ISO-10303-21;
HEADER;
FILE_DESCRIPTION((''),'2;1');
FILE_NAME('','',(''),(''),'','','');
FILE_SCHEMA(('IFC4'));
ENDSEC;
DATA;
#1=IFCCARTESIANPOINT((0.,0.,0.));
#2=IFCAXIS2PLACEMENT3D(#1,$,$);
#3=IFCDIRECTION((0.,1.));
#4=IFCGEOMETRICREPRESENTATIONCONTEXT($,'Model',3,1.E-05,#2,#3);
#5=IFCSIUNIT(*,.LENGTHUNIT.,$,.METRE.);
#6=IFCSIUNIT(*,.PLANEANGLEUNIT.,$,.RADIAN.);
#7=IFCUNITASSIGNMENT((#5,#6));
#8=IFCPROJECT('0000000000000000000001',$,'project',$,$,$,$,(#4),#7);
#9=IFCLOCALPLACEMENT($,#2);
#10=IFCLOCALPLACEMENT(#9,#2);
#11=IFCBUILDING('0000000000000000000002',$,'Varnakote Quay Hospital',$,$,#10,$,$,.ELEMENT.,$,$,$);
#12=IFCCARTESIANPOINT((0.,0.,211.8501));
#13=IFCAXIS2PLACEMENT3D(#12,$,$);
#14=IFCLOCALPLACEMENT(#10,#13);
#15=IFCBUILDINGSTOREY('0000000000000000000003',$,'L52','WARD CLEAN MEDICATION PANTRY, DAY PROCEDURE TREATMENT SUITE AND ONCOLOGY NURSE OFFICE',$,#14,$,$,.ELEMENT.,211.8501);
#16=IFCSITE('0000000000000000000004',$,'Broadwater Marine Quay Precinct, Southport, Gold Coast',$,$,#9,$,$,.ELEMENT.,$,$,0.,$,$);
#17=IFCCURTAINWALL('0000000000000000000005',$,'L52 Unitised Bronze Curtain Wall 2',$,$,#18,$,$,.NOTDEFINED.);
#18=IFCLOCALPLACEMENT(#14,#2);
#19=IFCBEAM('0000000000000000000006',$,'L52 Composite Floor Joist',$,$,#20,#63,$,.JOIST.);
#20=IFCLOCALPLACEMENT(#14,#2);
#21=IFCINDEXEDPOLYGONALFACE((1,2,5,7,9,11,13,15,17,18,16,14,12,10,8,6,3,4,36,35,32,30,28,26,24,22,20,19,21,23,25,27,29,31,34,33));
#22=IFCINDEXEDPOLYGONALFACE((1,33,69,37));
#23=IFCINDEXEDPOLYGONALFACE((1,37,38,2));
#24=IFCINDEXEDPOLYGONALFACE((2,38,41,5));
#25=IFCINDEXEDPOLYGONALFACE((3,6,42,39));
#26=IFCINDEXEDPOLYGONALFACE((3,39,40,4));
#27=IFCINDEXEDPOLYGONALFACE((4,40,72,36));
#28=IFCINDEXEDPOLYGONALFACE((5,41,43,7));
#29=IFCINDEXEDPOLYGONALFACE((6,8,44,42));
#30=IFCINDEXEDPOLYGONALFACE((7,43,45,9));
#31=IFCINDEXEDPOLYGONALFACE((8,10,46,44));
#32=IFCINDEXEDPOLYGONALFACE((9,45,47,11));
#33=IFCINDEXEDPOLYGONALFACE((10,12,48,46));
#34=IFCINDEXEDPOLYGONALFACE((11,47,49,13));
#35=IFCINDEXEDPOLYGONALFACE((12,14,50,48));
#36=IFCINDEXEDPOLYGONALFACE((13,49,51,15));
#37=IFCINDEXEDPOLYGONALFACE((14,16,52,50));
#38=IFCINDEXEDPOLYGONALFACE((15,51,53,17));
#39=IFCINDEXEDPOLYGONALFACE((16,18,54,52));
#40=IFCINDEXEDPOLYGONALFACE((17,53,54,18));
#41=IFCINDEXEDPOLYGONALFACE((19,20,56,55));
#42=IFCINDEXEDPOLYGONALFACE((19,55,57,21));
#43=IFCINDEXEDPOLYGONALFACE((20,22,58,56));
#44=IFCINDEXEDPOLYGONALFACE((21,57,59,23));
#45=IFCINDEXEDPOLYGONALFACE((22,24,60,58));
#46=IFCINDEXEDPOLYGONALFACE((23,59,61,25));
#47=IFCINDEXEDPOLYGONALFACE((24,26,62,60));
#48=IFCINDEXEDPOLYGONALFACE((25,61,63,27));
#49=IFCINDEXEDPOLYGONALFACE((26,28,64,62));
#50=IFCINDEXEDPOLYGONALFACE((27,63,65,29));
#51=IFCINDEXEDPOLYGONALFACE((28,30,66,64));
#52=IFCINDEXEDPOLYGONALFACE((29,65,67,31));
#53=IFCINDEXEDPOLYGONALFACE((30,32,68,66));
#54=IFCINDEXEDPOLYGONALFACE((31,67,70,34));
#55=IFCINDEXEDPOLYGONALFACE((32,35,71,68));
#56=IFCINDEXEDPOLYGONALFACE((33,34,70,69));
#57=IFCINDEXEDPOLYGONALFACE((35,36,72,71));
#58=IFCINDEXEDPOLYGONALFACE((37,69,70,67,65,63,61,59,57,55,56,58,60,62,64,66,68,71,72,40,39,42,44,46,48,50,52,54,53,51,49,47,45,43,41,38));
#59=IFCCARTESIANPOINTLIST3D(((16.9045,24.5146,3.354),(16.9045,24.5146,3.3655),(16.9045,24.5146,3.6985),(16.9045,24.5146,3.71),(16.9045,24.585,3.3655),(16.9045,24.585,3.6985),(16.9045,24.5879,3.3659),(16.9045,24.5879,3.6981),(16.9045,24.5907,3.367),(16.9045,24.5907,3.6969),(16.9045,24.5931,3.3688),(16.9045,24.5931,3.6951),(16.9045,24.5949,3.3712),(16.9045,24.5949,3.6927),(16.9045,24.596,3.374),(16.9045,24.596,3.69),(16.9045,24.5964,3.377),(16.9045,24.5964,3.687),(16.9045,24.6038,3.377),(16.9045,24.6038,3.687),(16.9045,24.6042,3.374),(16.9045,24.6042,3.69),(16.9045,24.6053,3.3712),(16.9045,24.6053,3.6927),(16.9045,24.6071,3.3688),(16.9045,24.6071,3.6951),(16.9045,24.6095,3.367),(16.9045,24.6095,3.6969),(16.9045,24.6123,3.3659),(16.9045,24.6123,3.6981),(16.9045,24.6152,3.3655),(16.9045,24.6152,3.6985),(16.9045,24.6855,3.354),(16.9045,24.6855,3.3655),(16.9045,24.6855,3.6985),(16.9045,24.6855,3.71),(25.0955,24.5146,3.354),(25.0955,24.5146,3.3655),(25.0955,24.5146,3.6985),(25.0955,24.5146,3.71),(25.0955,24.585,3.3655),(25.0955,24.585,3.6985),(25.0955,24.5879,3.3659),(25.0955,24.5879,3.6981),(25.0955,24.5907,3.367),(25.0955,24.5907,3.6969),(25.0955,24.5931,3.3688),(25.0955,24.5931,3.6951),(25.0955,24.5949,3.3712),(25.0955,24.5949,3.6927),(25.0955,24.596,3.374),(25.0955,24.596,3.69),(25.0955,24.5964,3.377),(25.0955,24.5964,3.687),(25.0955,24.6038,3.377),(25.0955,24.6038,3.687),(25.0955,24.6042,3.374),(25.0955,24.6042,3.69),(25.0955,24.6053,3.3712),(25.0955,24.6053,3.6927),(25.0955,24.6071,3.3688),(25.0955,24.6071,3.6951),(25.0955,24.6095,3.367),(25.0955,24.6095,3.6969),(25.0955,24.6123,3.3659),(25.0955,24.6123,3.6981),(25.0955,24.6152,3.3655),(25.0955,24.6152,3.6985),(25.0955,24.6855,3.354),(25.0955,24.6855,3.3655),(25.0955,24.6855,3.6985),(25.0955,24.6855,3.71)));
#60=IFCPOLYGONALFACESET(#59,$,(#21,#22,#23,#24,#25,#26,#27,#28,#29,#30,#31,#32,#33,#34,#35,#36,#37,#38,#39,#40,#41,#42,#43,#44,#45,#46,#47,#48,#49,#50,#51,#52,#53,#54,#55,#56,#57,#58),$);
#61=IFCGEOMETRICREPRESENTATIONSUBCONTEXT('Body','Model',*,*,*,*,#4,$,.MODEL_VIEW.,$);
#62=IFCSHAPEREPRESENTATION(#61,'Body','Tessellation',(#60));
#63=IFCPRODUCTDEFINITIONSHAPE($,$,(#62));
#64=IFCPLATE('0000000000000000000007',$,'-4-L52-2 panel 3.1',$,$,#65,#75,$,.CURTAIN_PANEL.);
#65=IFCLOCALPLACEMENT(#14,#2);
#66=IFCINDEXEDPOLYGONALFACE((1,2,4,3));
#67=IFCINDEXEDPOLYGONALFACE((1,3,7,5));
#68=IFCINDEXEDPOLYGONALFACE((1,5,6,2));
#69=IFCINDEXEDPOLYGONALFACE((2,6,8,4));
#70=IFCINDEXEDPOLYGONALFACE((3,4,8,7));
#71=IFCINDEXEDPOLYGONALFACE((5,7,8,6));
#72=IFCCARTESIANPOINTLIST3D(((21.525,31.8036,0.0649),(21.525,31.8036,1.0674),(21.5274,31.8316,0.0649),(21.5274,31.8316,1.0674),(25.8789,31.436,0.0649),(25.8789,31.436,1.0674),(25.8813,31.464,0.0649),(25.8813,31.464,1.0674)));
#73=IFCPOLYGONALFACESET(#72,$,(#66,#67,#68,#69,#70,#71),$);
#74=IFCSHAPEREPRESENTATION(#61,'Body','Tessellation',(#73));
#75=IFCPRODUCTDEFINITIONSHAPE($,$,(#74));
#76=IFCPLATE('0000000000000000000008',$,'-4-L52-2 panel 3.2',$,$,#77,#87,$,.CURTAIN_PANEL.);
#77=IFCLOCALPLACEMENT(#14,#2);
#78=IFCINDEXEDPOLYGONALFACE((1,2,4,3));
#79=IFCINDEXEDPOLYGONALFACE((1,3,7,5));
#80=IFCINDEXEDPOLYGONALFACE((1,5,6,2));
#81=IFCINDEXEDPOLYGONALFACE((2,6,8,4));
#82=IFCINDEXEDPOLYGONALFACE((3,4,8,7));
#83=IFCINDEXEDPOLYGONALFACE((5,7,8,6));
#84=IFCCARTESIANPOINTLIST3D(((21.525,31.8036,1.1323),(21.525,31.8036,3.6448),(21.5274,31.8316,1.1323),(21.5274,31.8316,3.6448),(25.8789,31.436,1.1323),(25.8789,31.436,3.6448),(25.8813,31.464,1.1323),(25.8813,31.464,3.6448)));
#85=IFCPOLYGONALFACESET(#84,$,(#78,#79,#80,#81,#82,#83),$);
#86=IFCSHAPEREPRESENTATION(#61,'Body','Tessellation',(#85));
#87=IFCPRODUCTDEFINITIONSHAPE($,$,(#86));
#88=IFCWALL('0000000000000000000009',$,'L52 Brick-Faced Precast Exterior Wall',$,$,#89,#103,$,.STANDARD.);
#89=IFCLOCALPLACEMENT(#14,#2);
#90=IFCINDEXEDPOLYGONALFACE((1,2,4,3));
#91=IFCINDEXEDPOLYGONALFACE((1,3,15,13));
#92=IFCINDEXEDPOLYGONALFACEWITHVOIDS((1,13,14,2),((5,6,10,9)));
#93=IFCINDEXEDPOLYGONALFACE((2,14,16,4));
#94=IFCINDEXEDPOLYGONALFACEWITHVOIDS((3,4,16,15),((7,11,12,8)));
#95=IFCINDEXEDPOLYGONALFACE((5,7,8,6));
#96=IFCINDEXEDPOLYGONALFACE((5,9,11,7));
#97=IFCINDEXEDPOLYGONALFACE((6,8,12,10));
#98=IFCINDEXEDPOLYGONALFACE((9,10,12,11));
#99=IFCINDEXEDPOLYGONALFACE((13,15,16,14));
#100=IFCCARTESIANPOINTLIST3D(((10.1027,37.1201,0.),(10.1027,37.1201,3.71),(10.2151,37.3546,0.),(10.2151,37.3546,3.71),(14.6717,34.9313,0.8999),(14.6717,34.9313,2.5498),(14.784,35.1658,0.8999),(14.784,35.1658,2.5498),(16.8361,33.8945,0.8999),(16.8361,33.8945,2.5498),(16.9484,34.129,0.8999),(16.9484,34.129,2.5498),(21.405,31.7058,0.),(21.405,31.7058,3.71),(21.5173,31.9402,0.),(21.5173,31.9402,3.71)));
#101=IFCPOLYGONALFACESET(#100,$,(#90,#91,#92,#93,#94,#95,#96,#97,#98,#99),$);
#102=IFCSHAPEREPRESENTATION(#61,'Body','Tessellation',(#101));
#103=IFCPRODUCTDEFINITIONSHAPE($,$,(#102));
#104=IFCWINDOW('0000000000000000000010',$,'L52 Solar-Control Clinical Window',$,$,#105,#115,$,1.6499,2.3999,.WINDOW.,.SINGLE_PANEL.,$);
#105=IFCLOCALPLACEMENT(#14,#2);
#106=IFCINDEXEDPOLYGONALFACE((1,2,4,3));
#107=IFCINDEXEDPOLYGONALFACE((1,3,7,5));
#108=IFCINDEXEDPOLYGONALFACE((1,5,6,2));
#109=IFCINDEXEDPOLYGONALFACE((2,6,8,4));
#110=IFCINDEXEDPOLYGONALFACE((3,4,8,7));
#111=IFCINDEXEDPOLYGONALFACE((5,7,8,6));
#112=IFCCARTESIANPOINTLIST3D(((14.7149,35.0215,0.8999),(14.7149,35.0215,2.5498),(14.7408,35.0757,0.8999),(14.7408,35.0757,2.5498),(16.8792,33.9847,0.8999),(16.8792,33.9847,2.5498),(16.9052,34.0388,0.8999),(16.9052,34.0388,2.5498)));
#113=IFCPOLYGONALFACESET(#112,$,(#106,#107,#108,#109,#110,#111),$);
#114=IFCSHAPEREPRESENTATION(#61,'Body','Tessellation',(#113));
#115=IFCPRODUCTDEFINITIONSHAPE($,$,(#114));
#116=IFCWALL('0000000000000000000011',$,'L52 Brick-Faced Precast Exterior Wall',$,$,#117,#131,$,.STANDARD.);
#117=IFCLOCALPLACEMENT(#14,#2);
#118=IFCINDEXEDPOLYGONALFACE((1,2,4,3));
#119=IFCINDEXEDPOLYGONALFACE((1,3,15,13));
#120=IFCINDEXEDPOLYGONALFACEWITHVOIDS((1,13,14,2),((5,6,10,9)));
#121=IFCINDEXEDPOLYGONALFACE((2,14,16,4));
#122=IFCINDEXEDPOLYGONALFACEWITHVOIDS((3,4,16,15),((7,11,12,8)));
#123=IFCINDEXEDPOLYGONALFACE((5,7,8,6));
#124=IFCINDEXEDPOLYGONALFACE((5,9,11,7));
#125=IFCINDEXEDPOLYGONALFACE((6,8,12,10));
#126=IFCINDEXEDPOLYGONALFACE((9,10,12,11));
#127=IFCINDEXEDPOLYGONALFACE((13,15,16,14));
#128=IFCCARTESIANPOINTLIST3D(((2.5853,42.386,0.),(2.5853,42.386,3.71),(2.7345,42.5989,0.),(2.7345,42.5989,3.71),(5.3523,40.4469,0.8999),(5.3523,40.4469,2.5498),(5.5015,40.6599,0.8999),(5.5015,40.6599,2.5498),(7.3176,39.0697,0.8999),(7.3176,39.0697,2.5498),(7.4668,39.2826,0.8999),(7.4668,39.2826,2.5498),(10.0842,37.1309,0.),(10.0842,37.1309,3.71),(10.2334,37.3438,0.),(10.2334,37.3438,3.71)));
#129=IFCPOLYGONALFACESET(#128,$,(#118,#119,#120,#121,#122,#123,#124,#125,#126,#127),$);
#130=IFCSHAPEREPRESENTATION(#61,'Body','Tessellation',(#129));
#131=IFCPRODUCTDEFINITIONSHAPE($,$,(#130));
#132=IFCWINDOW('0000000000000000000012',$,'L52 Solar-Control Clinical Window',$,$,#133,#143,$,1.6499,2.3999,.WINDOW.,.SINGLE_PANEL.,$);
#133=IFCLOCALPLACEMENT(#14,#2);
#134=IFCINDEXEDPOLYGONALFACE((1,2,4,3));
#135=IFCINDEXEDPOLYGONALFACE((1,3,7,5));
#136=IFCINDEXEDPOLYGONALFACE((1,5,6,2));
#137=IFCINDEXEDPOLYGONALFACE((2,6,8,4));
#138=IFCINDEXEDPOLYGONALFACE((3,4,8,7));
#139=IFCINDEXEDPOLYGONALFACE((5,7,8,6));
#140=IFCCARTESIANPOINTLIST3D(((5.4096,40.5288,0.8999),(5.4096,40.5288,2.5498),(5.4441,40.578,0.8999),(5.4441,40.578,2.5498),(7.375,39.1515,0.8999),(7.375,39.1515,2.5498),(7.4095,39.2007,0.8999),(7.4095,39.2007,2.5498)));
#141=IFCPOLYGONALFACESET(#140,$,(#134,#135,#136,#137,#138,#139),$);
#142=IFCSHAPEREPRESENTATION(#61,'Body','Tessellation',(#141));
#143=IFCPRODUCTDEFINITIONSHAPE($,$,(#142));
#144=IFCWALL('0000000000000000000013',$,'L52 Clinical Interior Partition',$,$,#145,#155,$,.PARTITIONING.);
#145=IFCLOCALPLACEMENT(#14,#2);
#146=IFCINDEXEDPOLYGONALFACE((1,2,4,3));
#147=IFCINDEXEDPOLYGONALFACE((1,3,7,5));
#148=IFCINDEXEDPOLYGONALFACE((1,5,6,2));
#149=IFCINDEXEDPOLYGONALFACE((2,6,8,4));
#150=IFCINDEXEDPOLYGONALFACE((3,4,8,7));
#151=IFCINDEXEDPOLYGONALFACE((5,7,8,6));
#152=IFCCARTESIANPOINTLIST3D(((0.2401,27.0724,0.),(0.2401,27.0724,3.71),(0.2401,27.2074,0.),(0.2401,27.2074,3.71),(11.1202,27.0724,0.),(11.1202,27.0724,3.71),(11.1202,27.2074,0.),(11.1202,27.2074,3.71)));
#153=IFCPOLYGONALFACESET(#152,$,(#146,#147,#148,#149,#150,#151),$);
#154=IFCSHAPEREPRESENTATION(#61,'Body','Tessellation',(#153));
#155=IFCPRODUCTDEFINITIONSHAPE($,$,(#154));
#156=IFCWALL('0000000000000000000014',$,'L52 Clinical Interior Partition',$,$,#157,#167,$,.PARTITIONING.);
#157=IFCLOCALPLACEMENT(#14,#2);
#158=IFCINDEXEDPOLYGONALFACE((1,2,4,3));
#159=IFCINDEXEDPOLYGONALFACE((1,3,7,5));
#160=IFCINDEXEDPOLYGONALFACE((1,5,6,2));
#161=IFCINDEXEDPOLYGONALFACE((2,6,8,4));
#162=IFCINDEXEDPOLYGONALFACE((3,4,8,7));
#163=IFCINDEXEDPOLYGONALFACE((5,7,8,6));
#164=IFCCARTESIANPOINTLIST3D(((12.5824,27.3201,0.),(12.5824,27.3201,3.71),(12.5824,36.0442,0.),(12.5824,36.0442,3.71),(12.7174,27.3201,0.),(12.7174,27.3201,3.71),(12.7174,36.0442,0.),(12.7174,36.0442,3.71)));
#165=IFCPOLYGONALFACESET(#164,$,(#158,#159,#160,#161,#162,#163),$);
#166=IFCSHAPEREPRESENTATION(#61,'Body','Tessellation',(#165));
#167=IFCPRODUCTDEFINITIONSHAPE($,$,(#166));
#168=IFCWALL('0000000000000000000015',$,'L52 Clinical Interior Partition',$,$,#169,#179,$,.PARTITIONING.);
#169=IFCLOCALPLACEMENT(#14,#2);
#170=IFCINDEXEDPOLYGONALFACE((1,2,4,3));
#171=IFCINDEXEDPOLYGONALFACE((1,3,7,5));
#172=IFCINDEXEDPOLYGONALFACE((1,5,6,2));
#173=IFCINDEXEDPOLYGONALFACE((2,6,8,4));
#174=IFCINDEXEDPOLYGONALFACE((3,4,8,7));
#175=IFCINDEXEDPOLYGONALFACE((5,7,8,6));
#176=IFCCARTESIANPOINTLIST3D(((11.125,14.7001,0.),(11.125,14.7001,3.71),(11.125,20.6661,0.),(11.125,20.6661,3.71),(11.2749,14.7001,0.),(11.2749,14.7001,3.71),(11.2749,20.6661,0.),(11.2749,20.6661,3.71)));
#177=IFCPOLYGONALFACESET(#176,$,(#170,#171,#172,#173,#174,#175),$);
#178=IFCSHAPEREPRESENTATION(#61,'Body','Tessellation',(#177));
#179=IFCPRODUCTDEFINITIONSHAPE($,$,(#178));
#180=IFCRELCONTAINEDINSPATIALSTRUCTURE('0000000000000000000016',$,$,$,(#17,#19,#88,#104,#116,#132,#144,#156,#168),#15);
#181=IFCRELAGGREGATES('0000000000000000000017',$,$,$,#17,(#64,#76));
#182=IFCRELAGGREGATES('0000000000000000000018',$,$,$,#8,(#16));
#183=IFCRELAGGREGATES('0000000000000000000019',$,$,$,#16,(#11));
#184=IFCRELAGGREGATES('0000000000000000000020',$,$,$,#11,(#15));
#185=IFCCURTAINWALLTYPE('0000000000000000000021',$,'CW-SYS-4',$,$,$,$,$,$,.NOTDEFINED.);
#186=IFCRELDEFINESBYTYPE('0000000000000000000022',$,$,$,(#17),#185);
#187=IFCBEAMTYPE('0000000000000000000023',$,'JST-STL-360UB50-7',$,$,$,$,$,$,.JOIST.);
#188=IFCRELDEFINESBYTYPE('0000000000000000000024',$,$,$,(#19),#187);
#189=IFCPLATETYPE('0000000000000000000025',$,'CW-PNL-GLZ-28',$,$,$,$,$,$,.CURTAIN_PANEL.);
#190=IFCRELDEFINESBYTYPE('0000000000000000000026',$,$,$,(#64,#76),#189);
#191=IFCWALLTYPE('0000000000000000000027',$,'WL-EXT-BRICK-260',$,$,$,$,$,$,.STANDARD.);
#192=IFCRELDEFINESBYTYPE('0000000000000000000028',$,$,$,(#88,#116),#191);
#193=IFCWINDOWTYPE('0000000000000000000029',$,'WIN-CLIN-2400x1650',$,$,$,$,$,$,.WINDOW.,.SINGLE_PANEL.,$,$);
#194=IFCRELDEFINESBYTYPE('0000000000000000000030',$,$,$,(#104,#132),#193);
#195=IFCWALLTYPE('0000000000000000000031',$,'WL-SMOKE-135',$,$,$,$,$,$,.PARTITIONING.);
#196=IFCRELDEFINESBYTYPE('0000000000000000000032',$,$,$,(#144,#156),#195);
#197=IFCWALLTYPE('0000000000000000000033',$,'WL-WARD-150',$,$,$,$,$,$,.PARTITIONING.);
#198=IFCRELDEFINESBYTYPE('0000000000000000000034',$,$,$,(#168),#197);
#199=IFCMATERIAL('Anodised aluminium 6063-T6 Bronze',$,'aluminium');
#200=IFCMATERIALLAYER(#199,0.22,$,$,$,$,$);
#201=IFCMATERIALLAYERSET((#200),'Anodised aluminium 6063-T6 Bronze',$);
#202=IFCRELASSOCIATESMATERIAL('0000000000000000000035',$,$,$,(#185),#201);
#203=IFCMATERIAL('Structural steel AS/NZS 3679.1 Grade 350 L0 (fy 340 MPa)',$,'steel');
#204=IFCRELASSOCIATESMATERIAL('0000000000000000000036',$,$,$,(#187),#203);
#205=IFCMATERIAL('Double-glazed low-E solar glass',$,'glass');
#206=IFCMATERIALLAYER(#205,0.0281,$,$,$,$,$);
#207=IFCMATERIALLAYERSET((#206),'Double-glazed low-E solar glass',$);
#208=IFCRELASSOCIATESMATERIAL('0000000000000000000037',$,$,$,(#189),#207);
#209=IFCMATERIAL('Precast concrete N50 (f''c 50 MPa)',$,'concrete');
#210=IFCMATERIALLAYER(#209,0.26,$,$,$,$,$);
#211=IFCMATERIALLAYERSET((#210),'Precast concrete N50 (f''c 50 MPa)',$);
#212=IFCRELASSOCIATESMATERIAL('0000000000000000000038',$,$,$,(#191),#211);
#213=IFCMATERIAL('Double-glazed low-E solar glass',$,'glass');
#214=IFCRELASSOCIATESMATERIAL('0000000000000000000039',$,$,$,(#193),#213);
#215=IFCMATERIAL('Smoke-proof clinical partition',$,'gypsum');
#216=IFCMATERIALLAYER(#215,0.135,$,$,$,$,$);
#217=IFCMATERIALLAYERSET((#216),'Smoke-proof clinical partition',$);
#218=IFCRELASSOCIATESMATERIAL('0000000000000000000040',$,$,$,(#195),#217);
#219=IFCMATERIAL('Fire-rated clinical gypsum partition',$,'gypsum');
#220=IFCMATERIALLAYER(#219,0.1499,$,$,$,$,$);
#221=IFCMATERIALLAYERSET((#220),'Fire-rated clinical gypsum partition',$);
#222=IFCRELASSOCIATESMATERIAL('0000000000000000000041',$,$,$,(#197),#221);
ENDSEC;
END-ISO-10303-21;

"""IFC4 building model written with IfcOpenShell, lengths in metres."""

from ifc_helpers import new_model, si_unit, direction, frame, frame_2d, origin, origin_2d, place, context, subcontext, project, spatial, rectangle, i_section, extrude, material, layer, layer_set, material_profile, profile_set, type_object, element, fill, aggregate, save


model = new_model("IFC4")

# Units and contexts
model_context = context("Model", 3, precision=1e-05, world=origin(), true_north=direction((0.0, 1.0)))
body_context = subcontext(model_context, "Body", "Model", "MODEL_VIEW")
ifc_project = project(units=[si_unit("LENGTHUNIT", "METRE"), si_unit("PLANEANGLEUNIT", "RADIAN")], contexts=[model_context])

# Site, building, storey
site_placement = place(None, origin())
site = spatial("IfcSite", under=ifc_project, at=site_placement, Name="Broadwater Marine Quay Precinct, Southport, Gold Coast", CompositionType="ELEMENT", RefElevation=0.0)
building_placement = place(site_placement, origin())
building = spatial("IfcBuilding", under=site, at=building_placement, Name="Varnakote Quay Hospital", CompositionType="ELEMENT")
storey_placement = place(building_placement, frame((0.0, 0.0, 211.8501)))
storey = spatial("IfcBuildingStorey", under=building, at=storey_placement, Name="L52", Description="WARD CLEAN MEDICATION PANTRY, DAY PROCEDURE TREATMENT SUITE AND ONCOLOGY NURSE OFFICE", CompositionType="ELEMENT", Elevation=211.8501)

# Curtain wall
ifc_material_1 = material(Name="Anodised aluminium 6063-T6 Bronze", Category="aluminium")
ifc_layer_1 = layer(ifc_material_1, 0.22)
ifc_layer_set_1 = layer_set([ifc_layer_1], Name="Anodised aluminium 6063-T6 Bronze")
curtain_wall_type = type_object("IfcCurtainWallType", Name="CW-SYS-4", PredefinedType="NOTDEFINED", material=ifc_layer_set_1)
curtain_wall_placement = place(storey_placement, origin())
curtain_wall = element("IfcCurtainWall", 1, at=curtain_wall_placement, inside=storey, type_object=curtain_wall_type, Name="L52 Unitised Bronze Curtain Wall 2", PredefinedType="NOTDEFINED")

# Beam
ifc_material_2 = material(Name="Structural steel AS/NZS 3679.1 Grade 350 L0 (fy 340 MPa)", Category="steel")
ifc_material_profile_1 = material_profile(ifc_material_2, i_section(OverallWidth=0.1709, OverallDepth=0.356, WebThickness=0.0073, FlangeThickness=0.0115, FilletRadius=0.0115, at=origin_2d()), Name="360UB50.7")
ifc_profile_set_1 = profile_set([ifc_material_profile_1], Name="Structural steel AS/NZS 3679.1 Grade 350 L0 (fy 340 MPa)")
beam_type_1 = type_object("IfcBeamType", Name="JST-STL-360UB50-7", PredefinedType="JOIST", material=ifc_profile_set_1)
beam_placement = place(storey_placement, frame((16.9045, 24.6001, 3.532), z_axis=(1.0, 0.0, 0.0), x_axis=(0.0, 1.0, 0.0)))
element("IfcBeam", 2, at=beam_placement, inside=storey, type_object=beam_type_1, Name="L52 Composite Floor Joist", PredefinedType="JOIST", context=body_context, shape_type="SweptSolid", body=[
    extrude(i_section(OverallWidth=0.1709, OverallDepth=0.356, WebThickness=0.0073, FlangeThickness=0.0115, FilletRadius=0.0115, at=origin_2d()), origin(), (0.0, 0.0, 1.0), 8.1909),
])

# Plates
ifc_material_3 = material(Name="Double-glazed low-E solar glass", Category="glass")
ifc_layer_2 = layer(ifc_material_3, 0.0281)
ifc_layer_set_2 = layer_set([ifc_layer_2], Name="Double-glazed low-E solar glass")
plate_type = type_object("IfcPlateType", Name="CW-PNL-GLZ-28", PredefinedType="CURTAIN_PANEL", material=ifc_layer_set_2)
plate_1_placement = place(storey_placement, frame((23.7031, 31.6338, 0.0649), z_axis=(0.0, 0.0, 1.0), x_axis=(-0.996454, 0.084136, 0.0)))
plate_1 = element("IfcPlate", 3, at=plate_1_placement, type_object=plate_type, Name="-4-L52-2 panel 3.1", PredefinedType="CURTAIN_PANEL", context=body_context, shape_type="SweptSolid", body=[
    extrude(rectangle(XDim=4.3694, YDim=0.0281, at=origin_2d()), origin(), (0.0, 0.0, 1.0), 1.0024),
])
plate_2_placement = place(storey_placement, frame((23.7031, 31.6338, 1.1323), z_axis=(0.0, 0.0, 1.0), x_axis=(-0.996454, 0.084136, 0.0)))
plate_2 = element("IfcPlate", 4, at=plate_2_placement, type_object=plate_type, Name="-4-L52-2 panel 3.2", PredefinedType="CURTAIN_PANEL", context=body_context, shape_type="SweptSolid", body=[
    extrude(rectangle(XDim=4.3694, YDim=0.0281, at=origin_2d()), origin(), (0.0, 0.0, 1.0), 2.5125),
])
aggregate(curtain_wall, [plate_1, plate_2])

# Walls, openings, windows
ifc_material_4 = material(Name="Precast concrete N50 (f'c 50 MPa)", Category="concrete")
ifc_layer_3 = layer(ifc_material_4, 0.26)
ifc_layer_set_3 = layer_set([ifc_layer_3], Name="Precast concrete N50 (f'c 50 MPa)")
wall_type_1 = type_object("IfcWallType", Name="WL-EXT-BRICK-260", PredefinedType="STANDARD", material=ifc_layer_set_3)
wall_1_placement = place(storey_placement, frame((21.4612, 31.823, 0.0), z_axis=(0.0, 0.0, 1.0), x_axis=(-0.901858, 0.432032, 0.0)))
wall_1 = element("IfcWall", 5, at=wall_1_placement, inside=storey, type_object=wall_type_1, Name="L52 Brick-Faced Precast Exterior Wall", PredefinedType="STANDARD", context=body_context, shape_type="SweptSolid", body=[
    extrude(rectangle(XDim=12.5322, YDim=0.26, at=frame_2d((6.2661, 0.0))), origin(), (0.0, 0.0, 1.0), 3.71),
])
opening_1_placement = place(wall_1_placement, frame((5.0662, 0.0, 0.8999)))
opening_1 = element("IfcOpeningElement", 6, at=opening_1_placement, cuts=wall_1, PredefinedType="OPENING", context=body_context, shape_type="SweptSolid", body=[
    extrude(rectangle(XDim=2.3999, YDim=1.6499, at=frame_2d((1.2, 0.825))), frame((0.0, 0.1399, 0.0), z_axis=(0.0, -1.0, 0.0), x_axis=(1.0, 0.0, 0.0)), (0.0, 0.0, 1.0), 0.28),
])
ifc_material_5 = material(Name="Double-glazed low-E solar glass", Category="glass")
window_type = type_object("IfcWindowType", Name="WIN-CLIN-2400x1650", PartitioningType="SINGLE_PANEL", PredefinedType="WINDOW", material=ifc_material_5)
window_1_placement = place(opening_1_placement, origin())
window_1 = element("IfcWindow", 7, at=window_1_placement, inside=storey, type_object=window_type, Name="L52 Solar-Control Clinical Window", OverallHeight=1.6499, OverallWidth=2.3999, PartitioningType="SINGLE_PANEL", PredefinedType="WINDOW", context=body_context, shape_type="SweptSolid", body=[
    extrude(rectangle(XDim=2.3999, YDim=1.6499, at=frame_2d((1.2, 0.825))), frame((0.0, 0.03, 0.0), z_axis=(0.0, -1.0, 0.0), x_axis=(1.0, 0.0, 0.0)), (0.0, 0.0, 1.0), 0.0601),
])
fill(opening_1, window_1)
wall_2_placement = place(storey_placement, frame((10.1589, 37.2373, 0.0), z_axis=(0.0, 0.0, 1.0), x_axis=(-0.818934, 0.573888, 0.0)))
wall_2 = element("IfcWall", 8, at=wall_2_placement, inside=storey, type_object=wall_type_1, Name="L52 Brick-Faced Precast Exterior Wall", PredefinedType="STANDARD", context=body_context, shape_type="SweptSolid", body=[
    extrude(rectangle(XDim=9.157, YDim=0.26, at=frame_2d((4.5786, 0.0))), origin(), (0.0, 0.0, 1.0), 3.71),
])
opening_2_placement = place(wall_2_placement, frame((3.3784, 0.0, 0.8999)))
opening_2 = element("IfcOpeningElement", 9, at=opening_2_placement, cuts=wall_2, PredefinedType="OPENING", context=body_context, shape_type="SweptSolid", body=[
    extrude(rectangle(XDim=2.3999, YDim=1.6499, at=frame_2d((1.2, 0.825))), frame((0.0, 0.1399, 0.0), z_axis=(0.0, -1.0, 0.0), x_axis=(1.0, 0.0, 0.0)), (0.0, 0.0, 1.0), 0.28),
])
window_2_placement = place(opening_2_placement, origin())
window_2 = element("IfcWindow", 10, at=window_2_placement, inside=storey, type_object=window_type, Name="L52 Solar-Control Clinical Window", OverallHeight=1.6499, OverallWidth=2.3999, PartitioningType="SINGLE_PANEL", PredefinedType="WINDOW", context=body_context, shape_type="SweptSolid", body=[
    extrude(rectangle(XDim=2.3999, YDim=1.6499, at=frame_2d((1.2, 0.825))), frame((0.0, 0.03, 0.0), z_axis=(0.0, -1.0, 0.0), x_axis=(1.0, 0.0, 0.0)), (0.0, 0.0, 1.0), 0.0601),
])
fill(opening_2, window_2)

# Walls
ifc_material_6 = material(Name="Smoke-proof clinical partition", Category="gypsum")
ifc_layer_4 = layer(ifc_material_6, 0.135)
ifc_layer_set_4 = layer_set([ifc_layer_4], Name="Smoke-proof clinical partition")
wall_type_2 = type_object("IfcWallType", Name="WL-SMOKE-135", PredefinedType="PARTITIONING", material=ifc_layer_set_4)
wall_3_placement = place(storey_placement, frame((11.1201, 27.1399, 0.0), z_axis=(0.0, 0.0, 1.0), x_axis=(-1.0, 0.0, 0.0)))
element("IfcWall", 11, at=wall_3_placement, inside=storey, type_object=wall_type_2, Name="L52 Clinical Interior Partition", PredefinedType="PARTITIONING", context=body_context, shape_type="SweptSolid", body=[
    extrude(rectangle(XDim=10.8801, YDim=0.135, at=frame_2d((5.4399, 0.0))), origin(), (0.0, 0.0, 1.0), 3.71),
])
wall_4_placement = place(storey_placement, frame((12.6499, 27.3201, 0.0), z_axis=(0.0, 0.0, 1.0), x_axis=(0.0, 1.0, 0.0)))
element("IfcWall", 12, at=wall_4_placement, inside=storey, type_object=wall_type_2, Name="L52 Clinical Interior Partition", PredefinedType="PARTITIONING", context=body_context, shape_type="SweptSolid", body=[
    extrude(rectangle(XDim=8.7241, YDim=0.135, at=frame_2d((4.3621, 0.0))), origin(), (0.0, 0.0, 1.0), 3.71),
])
ifc_material_7 = material(Name="Fire-rated clinical gypsum partition", Category="gypsum")
ifc_layer_5 = layer(ifc_material_7, 0.1499)
ifc_layer_set_5 = layer_set([ifc_layer_5], Name="Fire-rated clinical gypsum partition")
wall_type_3 = type_object("IfcWallType", Name="WL-WARD-150", PredefinedType="PARTITIONING", material=ifc_layer_set_5)
wall_5_placement = place(storey_placement, frame((11.2, 20.666, 0.0), z_axis=(0.0, 0.0, 1.0), x_axis=(0.0, -1.0, 0.0)))
element("IfcWall", 13, at=wall_5_placement, inside=storey, type_object=wall_type_3, Name="L52 Clinical Interior Partition", PredefinedType="PARTITIONING", context=body_context, shape_type="SweptSolid", body=[
    extrude(rectangle(XDim=5.9661, YDim=0.1499, at=frame_2d((2.9829, 0.0))), origin(), (0.0, 0.0, 1.0), 3.71),
])

save(model, "model.ifc")
